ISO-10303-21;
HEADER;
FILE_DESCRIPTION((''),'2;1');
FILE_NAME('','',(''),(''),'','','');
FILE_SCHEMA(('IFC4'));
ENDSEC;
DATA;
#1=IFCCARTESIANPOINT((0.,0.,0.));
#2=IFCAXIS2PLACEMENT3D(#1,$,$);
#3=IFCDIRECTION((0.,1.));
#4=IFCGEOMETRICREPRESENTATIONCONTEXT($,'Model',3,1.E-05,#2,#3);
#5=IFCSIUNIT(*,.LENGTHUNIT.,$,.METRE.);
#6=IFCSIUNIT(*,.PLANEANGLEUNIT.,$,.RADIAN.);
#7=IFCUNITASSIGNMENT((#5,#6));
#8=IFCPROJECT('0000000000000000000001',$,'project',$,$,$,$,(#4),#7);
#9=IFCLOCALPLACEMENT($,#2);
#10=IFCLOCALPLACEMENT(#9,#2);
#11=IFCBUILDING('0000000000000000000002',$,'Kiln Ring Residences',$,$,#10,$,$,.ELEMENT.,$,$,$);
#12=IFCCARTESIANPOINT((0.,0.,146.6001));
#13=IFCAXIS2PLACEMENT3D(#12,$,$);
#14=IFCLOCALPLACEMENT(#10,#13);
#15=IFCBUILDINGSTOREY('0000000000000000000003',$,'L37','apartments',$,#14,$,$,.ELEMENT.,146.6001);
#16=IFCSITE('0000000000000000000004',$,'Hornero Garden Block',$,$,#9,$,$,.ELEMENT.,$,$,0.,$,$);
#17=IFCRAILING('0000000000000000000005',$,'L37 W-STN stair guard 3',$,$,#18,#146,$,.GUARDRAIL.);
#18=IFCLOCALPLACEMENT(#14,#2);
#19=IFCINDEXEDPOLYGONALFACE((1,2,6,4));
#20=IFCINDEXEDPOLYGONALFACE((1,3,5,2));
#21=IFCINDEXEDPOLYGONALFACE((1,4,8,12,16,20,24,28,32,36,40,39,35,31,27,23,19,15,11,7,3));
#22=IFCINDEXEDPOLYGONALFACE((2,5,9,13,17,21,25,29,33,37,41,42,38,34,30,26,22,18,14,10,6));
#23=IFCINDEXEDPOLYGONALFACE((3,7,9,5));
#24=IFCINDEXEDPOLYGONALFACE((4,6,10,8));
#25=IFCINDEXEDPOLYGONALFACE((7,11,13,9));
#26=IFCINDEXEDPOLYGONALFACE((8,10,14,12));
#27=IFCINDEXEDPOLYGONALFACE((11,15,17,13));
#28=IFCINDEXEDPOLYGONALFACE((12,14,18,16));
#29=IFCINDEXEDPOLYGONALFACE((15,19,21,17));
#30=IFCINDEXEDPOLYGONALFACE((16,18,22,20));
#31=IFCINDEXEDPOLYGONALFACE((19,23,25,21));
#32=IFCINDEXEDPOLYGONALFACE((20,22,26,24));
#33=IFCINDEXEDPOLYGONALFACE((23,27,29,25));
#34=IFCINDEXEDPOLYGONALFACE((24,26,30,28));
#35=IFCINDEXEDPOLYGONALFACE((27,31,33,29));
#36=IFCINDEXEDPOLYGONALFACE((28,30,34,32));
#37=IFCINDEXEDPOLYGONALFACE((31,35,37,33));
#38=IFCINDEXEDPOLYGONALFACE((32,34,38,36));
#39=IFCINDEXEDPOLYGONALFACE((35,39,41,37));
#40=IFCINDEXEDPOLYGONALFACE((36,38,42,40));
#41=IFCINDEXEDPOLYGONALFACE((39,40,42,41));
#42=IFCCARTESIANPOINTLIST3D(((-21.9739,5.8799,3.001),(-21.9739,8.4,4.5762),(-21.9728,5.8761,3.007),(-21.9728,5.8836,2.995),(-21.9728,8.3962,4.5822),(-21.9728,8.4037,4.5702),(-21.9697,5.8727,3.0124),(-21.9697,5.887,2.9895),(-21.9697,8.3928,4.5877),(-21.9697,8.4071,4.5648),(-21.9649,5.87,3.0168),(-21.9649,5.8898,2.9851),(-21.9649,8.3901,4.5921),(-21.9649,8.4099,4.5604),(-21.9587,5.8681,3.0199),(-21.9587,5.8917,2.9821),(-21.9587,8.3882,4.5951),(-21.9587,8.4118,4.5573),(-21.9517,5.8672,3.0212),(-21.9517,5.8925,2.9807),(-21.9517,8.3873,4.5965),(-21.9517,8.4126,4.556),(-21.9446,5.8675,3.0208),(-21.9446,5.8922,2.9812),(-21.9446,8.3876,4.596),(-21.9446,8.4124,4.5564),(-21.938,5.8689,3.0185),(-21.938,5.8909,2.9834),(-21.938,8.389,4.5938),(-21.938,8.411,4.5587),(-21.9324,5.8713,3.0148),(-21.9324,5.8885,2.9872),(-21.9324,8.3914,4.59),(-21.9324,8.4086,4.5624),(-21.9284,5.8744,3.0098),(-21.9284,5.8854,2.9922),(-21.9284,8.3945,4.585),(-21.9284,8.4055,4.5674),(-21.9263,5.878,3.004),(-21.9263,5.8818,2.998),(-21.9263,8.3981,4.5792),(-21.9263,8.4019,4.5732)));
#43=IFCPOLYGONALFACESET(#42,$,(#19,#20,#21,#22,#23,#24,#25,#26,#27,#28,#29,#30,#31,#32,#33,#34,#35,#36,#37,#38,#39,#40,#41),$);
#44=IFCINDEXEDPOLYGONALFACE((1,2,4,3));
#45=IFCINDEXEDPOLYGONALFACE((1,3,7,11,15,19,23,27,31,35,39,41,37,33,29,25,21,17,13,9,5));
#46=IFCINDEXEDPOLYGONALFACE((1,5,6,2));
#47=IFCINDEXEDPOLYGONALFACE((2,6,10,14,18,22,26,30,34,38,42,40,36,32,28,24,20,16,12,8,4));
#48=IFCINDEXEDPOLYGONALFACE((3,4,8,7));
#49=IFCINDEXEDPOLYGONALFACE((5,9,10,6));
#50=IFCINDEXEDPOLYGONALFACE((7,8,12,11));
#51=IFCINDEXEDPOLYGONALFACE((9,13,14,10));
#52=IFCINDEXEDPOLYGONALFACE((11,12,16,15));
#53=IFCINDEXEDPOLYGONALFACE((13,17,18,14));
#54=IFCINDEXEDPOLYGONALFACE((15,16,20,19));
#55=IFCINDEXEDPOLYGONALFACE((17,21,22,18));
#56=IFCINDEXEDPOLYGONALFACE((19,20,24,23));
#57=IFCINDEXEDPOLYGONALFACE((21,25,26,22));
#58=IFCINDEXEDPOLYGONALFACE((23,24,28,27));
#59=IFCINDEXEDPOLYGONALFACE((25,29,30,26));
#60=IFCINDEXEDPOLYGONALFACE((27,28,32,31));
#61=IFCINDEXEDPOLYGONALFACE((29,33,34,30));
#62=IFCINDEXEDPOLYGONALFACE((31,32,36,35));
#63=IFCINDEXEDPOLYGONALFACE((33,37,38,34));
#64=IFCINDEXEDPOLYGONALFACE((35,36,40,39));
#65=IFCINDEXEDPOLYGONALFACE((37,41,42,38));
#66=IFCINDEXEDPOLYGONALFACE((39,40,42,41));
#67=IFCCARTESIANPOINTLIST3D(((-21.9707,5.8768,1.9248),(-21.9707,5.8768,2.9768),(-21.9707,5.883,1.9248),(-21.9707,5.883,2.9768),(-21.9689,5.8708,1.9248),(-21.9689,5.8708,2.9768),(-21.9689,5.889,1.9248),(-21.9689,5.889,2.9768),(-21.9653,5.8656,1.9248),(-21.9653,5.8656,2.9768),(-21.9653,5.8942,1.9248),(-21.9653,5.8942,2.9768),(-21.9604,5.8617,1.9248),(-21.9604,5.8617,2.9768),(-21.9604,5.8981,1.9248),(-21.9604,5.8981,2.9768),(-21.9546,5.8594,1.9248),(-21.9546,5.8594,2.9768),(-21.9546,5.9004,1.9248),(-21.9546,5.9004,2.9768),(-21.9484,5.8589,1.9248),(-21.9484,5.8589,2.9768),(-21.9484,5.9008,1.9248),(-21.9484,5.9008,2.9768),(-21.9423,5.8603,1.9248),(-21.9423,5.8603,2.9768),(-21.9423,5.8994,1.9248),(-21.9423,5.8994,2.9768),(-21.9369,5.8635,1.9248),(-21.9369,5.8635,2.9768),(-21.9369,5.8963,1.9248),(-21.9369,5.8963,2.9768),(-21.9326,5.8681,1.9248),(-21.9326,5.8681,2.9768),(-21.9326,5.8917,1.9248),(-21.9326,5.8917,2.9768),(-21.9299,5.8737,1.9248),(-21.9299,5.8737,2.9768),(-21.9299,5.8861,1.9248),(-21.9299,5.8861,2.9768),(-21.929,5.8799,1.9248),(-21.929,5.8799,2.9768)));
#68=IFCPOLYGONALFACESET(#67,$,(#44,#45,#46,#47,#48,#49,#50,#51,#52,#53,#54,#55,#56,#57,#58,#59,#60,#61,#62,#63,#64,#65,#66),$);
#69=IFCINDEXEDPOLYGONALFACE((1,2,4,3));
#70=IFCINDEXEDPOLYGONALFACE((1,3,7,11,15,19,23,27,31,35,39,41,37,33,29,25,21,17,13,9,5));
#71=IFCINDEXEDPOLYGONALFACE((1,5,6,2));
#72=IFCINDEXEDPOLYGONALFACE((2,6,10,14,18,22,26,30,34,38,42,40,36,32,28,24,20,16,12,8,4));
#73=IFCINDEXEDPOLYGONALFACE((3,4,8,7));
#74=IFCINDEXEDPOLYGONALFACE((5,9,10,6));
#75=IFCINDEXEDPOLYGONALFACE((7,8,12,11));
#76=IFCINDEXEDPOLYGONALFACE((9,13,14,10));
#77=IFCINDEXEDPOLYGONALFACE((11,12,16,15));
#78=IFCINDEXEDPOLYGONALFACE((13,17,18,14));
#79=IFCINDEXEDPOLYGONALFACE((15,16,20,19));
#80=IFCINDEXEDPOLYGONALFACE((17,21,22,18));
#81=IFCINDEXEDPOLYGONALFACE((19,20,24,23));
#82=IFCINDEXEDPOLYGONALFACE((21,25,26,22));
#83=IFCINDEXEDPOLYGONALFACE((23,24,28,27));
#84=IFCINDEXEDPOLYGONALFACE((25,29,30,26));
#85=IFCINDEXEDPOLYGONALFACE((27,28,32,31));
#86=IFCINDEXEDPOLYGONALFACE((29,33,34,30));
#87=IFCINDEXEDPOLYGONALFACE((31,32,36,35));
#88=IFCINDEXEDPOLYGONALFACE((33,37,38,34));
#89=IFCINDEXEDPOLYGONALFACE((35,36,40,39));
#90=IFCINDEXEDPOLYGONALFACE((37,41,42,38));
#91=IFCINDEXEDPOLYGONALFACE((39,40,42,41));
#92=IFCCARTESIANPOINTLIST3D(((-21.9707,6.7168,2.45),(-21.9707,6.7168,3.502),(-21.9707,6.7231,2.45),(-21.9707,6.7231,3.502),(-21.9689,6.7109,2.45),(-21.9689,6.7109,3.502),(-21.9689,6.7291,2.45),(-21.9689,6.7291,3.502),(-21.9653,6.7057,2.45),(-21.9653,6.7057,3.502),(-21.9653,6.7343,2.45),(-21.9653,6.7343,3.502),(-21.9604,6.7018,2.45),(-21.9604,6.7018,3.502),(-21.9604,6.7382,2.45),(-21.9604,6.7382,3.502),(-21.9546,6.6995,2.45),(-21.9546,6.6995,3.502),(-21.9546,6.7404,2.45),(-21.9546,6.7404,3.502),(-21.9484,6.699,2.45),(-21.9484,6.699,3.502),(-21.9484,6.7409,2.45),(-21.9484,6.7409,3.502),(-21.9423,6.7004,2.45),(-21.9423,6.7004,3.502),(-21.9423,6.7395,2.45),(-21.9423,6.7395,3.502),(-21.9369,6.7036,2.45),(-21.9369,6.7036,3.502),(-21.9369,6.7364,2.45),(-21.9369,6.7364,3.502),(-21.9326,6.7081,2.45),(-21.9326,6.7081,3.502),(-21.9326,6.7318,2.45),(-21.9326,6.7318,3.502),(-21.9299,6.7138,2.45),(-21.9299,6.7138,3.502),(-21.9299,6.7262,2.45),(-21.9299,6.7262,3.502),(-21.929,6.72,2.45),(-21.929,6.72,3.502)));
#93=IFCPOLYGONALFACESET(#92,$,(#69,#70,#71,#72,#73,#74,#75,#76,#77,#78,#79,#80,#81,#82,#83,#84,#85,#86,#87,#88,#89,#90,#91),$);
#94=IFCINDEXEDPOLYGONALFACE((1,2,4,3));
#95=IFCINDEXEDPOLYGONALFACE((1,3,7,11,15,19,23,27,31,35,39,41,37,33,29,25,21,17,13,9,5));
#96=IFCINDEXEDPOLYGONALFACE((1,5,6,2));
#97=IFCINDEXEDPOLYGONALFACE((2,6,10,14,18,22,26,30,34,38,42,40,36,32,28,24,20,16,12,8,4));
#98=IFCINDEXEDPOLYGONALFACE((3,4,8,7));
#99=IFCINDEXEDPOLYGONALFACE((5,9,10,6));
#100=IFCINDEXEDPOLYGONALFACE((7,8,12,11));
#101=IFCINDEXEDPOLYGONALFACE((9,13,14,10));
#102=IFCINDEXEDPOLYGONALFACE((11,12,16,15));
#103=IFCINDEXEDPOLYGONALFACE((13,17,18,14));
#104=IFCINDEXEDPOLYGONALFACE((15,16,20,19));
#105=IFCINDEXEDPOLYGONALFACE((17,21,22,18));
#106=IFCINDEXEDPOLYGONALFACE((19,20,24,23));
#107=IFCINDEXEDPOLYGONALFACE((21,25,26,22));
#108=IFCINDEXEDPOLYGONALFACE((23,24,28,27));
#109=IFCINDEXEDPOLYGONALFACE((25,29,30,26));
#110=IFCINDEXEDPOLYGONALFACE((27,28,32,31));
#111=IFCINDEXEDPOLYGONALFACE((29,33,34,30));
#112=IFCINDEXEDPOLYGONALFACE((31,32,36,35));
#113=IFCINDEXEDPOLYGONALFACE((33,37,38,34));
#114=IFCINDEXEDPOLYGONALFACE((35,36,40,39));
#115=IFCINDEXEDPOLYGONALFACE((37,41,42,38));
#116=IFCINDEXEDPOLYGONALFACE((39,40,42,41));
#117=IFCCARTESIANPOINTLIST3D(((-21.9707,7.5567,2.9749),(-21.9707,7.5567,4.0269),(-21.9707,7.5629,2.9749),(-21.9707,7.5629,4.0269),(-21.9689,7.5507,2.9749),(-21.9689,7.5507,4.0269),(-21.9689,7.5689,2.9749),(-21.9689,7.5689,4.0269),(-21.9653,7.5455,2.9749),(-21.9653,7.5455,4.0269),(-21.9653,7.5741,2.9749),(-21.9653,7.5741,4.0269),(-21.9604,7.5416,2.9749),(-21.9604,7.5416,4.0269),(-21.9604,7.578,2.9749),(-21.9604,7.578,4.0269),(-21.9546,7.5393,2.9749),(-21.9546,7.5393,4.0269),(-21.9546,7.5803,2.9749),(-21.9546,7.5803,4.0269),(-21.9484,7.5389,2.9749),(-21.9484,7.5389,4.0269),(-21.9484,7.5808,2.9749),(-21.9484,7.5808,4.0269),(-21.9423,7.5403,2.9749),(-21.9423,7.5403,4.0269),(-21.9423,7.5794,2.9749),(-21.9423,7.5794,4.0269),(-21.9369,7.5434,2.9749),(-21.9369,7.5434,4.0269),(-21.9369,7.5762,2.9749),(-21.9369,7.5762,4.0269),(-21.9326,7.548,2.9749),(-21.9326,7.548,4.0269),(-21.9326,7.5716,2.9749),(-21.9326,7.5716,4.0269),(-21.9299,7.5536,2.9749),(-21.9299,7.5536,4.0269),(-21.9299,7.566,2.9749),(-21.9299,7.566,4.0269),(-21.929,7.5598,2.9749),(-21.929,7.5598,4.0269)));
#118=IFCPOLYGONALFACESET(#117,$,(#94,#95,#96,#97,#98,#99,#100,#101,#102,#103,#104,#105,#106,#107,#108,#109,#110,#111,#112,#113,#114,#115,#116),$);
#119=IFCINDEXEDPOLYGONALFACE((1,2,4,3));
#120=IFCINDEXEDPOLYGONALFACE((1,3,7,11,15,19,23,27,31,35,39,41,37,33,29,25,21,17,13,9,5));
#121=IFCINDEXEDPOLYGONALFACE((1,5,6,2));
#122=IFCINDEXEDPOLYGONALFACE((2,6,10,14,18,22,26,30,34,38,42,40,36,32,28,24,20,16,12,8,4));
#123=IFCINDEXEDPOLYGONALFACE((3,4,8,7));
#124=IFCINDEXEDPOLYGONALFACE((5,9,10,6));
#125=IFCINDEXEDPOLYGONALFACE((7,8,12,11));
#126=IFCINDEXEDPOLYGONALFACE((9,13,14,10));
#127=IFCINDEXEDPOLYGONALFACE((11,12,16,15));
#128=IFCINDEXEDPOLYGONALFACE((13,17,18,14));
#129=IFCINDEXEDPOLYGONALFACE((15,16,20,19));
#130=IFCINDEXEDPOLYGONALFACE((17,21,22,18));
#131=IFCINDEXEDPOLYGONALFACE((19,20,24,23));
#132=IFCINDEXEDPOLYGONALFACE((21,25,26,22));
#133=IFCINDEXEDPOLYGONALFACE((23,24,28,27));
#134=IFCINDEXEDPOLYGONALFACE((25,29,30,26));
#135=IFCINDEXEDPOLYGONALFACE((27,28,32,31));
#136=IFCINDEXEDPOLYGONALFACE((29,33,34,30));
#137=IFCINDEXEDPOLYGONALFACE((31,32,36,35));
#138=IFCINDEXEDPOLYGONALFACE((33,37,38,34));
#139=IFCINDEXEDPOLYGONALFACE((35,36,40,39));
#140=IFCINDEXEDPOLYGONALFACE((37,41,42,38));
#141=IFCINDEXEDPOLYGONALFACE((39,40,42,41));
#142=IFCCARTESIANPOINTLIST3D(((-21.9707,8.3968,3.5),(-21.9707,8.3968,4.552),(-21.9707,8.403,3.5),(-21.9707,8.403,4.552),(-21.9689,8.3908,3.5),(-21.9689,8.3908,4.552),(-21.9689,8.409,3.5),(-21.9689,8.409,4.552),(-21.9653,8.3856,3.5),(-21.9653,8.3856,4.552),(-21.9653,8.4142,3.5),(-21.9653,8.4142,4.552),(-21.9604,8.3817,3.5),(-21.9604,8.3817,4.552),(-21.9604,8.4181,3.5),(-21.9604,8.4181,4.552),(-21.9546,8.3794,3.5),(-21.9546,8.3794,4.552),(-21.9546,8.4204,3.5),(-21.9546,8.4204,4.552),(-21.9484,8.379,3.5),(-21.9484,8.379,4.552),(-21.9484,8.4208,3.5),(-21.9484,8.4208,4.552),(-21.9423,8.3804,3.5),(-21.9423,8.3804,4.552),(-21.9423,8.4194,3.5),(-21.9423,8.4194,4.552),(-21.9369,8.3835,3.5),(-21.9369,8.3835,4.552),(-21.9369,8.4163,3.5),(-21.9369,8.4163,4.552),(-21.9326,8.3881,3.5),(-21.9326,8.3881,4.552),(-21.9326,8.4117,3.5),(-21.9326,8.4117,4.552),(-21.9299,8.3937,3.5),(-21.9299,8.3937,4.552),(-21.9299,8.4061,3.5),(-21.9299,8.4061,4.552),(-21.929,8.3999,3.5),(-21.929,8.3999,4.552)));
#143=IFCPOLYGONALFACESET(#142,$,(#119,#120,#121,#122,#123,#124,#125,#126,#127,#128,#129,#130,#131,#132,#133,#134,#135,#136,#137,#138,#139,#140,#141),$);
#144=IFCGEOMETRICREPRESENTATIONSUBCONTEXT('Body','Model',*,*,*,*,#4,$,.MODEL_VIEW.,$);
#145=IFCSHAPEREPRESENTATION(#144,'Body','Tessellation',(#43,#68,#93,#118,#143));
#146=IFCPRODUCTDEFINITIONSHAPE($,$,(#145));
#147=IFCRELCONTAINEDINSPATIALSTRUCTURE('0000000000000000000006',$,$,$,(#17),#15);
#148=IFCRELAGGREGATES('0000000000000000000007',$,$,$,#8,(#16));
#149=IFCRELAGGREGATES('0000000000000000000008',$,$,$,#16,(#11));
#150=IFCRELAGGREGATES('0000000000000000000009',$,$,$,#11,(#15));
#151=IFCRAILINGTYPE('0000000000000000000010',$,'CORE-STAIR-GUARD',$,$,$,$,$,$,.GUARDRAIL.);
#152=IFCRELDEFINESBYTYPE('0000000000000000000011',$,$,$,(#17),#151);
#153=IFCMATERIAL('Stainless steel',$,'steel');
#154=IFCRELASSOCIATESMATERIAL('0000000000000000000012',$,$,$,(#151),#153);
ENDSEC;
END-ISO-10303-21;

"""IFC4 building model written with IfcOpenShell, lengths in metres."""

from ifc_helpers import new_model, si_unit, direction, frame, origin, origin_2d, place, context, subcontext, project, spatial, circle, extrude, material, type_object, element, save


model = new_model("IFC4")

# Units and contexts
model_context = context("Model", 3, precision=1e-05, world=origin(), true_north=direction((0.0, 1.0)))
body_context = subcontext(model_context, "Body", "Model", "MODEL_VIEW")
ifc_project = project(units=[si_unit("LENGTHUNIT", "METRE"), si_unit("PLANEANGLEUNIT", "RADIAN")], contexts=[model_context])

# Site, building, storey
site_placement = place(None, origin())
site = spatial("IfcSite", under=ifc_project, at=site_placement, Name="Hornero Garden Block", CompositionType="ELEMENT", RefElevation=0.0)
building_placement = place(site_placement, origin())
building = spatial("IfcBuilding", under=site, at=building_placement, Name="Kiln Ring Residences", CompositionType="ELEMENT")
storey_placement = place(building_placement, frame((0.0, 0.0, 146.6001)))
storey = spatial("IfcBuildingStorey", under=building, at=storey_placement, Name="L37", Description="apartments", CompositionType="ELEMENT", Elevation=146.6001)

# Railing
ifc_material_1 = material(Name="Stainless steel", Category="steel")
railing_type_1 = type_object("IfcRailingType", Name="CORE-STAIR-GUARD", PredefinedType="GUARDRAIL", material=ifc_material_1)
railing_1_placement = place(storey_placement, frame((-21.95, 5.8799, 1.9248)))
element("IfcRailing", 1, at=railing_1_placement, inside=storey, type_object=railing_type_1, Name="L37 W-STN stair guard 3", PredefinedType="GUARDRAIL", context=body_context, shape_type="SweptSolid", body=[
    extrude(circle(Radius=0.0239, at=origin_2d()), frame((0.0, 0.0, 1.0762), z_axis=(0.0, 0.847971, 0.530043), x_axis=(-1.0, 0.0, 0.0)), (0.0, 0.0, 1.0), 2.9719),
    extrude(circle(Radius=0.021, at=origin_2d()), origin(), (0.0, 0.0, 1.0), 1.052),
    extrude(circle(Radius=0.021, at=origin_2d()), frame((0.0, 0.8401, 0.5251)), (0.0, 0.0, 1.0), 1.052),
    extrude(circle(Radius=0.021, at=origin_2d()), frame((0.0, 1.6799, 1.05)), (0.0, 0.0, 1.0), 1.052),
    extrude(circle(Radius=0.021, at=origin_2d()), frame((0.0, 2.52, 1.5752)), (0.0, 0.0, 1.0), 1.052),
])

save(model, "model.ifc")
